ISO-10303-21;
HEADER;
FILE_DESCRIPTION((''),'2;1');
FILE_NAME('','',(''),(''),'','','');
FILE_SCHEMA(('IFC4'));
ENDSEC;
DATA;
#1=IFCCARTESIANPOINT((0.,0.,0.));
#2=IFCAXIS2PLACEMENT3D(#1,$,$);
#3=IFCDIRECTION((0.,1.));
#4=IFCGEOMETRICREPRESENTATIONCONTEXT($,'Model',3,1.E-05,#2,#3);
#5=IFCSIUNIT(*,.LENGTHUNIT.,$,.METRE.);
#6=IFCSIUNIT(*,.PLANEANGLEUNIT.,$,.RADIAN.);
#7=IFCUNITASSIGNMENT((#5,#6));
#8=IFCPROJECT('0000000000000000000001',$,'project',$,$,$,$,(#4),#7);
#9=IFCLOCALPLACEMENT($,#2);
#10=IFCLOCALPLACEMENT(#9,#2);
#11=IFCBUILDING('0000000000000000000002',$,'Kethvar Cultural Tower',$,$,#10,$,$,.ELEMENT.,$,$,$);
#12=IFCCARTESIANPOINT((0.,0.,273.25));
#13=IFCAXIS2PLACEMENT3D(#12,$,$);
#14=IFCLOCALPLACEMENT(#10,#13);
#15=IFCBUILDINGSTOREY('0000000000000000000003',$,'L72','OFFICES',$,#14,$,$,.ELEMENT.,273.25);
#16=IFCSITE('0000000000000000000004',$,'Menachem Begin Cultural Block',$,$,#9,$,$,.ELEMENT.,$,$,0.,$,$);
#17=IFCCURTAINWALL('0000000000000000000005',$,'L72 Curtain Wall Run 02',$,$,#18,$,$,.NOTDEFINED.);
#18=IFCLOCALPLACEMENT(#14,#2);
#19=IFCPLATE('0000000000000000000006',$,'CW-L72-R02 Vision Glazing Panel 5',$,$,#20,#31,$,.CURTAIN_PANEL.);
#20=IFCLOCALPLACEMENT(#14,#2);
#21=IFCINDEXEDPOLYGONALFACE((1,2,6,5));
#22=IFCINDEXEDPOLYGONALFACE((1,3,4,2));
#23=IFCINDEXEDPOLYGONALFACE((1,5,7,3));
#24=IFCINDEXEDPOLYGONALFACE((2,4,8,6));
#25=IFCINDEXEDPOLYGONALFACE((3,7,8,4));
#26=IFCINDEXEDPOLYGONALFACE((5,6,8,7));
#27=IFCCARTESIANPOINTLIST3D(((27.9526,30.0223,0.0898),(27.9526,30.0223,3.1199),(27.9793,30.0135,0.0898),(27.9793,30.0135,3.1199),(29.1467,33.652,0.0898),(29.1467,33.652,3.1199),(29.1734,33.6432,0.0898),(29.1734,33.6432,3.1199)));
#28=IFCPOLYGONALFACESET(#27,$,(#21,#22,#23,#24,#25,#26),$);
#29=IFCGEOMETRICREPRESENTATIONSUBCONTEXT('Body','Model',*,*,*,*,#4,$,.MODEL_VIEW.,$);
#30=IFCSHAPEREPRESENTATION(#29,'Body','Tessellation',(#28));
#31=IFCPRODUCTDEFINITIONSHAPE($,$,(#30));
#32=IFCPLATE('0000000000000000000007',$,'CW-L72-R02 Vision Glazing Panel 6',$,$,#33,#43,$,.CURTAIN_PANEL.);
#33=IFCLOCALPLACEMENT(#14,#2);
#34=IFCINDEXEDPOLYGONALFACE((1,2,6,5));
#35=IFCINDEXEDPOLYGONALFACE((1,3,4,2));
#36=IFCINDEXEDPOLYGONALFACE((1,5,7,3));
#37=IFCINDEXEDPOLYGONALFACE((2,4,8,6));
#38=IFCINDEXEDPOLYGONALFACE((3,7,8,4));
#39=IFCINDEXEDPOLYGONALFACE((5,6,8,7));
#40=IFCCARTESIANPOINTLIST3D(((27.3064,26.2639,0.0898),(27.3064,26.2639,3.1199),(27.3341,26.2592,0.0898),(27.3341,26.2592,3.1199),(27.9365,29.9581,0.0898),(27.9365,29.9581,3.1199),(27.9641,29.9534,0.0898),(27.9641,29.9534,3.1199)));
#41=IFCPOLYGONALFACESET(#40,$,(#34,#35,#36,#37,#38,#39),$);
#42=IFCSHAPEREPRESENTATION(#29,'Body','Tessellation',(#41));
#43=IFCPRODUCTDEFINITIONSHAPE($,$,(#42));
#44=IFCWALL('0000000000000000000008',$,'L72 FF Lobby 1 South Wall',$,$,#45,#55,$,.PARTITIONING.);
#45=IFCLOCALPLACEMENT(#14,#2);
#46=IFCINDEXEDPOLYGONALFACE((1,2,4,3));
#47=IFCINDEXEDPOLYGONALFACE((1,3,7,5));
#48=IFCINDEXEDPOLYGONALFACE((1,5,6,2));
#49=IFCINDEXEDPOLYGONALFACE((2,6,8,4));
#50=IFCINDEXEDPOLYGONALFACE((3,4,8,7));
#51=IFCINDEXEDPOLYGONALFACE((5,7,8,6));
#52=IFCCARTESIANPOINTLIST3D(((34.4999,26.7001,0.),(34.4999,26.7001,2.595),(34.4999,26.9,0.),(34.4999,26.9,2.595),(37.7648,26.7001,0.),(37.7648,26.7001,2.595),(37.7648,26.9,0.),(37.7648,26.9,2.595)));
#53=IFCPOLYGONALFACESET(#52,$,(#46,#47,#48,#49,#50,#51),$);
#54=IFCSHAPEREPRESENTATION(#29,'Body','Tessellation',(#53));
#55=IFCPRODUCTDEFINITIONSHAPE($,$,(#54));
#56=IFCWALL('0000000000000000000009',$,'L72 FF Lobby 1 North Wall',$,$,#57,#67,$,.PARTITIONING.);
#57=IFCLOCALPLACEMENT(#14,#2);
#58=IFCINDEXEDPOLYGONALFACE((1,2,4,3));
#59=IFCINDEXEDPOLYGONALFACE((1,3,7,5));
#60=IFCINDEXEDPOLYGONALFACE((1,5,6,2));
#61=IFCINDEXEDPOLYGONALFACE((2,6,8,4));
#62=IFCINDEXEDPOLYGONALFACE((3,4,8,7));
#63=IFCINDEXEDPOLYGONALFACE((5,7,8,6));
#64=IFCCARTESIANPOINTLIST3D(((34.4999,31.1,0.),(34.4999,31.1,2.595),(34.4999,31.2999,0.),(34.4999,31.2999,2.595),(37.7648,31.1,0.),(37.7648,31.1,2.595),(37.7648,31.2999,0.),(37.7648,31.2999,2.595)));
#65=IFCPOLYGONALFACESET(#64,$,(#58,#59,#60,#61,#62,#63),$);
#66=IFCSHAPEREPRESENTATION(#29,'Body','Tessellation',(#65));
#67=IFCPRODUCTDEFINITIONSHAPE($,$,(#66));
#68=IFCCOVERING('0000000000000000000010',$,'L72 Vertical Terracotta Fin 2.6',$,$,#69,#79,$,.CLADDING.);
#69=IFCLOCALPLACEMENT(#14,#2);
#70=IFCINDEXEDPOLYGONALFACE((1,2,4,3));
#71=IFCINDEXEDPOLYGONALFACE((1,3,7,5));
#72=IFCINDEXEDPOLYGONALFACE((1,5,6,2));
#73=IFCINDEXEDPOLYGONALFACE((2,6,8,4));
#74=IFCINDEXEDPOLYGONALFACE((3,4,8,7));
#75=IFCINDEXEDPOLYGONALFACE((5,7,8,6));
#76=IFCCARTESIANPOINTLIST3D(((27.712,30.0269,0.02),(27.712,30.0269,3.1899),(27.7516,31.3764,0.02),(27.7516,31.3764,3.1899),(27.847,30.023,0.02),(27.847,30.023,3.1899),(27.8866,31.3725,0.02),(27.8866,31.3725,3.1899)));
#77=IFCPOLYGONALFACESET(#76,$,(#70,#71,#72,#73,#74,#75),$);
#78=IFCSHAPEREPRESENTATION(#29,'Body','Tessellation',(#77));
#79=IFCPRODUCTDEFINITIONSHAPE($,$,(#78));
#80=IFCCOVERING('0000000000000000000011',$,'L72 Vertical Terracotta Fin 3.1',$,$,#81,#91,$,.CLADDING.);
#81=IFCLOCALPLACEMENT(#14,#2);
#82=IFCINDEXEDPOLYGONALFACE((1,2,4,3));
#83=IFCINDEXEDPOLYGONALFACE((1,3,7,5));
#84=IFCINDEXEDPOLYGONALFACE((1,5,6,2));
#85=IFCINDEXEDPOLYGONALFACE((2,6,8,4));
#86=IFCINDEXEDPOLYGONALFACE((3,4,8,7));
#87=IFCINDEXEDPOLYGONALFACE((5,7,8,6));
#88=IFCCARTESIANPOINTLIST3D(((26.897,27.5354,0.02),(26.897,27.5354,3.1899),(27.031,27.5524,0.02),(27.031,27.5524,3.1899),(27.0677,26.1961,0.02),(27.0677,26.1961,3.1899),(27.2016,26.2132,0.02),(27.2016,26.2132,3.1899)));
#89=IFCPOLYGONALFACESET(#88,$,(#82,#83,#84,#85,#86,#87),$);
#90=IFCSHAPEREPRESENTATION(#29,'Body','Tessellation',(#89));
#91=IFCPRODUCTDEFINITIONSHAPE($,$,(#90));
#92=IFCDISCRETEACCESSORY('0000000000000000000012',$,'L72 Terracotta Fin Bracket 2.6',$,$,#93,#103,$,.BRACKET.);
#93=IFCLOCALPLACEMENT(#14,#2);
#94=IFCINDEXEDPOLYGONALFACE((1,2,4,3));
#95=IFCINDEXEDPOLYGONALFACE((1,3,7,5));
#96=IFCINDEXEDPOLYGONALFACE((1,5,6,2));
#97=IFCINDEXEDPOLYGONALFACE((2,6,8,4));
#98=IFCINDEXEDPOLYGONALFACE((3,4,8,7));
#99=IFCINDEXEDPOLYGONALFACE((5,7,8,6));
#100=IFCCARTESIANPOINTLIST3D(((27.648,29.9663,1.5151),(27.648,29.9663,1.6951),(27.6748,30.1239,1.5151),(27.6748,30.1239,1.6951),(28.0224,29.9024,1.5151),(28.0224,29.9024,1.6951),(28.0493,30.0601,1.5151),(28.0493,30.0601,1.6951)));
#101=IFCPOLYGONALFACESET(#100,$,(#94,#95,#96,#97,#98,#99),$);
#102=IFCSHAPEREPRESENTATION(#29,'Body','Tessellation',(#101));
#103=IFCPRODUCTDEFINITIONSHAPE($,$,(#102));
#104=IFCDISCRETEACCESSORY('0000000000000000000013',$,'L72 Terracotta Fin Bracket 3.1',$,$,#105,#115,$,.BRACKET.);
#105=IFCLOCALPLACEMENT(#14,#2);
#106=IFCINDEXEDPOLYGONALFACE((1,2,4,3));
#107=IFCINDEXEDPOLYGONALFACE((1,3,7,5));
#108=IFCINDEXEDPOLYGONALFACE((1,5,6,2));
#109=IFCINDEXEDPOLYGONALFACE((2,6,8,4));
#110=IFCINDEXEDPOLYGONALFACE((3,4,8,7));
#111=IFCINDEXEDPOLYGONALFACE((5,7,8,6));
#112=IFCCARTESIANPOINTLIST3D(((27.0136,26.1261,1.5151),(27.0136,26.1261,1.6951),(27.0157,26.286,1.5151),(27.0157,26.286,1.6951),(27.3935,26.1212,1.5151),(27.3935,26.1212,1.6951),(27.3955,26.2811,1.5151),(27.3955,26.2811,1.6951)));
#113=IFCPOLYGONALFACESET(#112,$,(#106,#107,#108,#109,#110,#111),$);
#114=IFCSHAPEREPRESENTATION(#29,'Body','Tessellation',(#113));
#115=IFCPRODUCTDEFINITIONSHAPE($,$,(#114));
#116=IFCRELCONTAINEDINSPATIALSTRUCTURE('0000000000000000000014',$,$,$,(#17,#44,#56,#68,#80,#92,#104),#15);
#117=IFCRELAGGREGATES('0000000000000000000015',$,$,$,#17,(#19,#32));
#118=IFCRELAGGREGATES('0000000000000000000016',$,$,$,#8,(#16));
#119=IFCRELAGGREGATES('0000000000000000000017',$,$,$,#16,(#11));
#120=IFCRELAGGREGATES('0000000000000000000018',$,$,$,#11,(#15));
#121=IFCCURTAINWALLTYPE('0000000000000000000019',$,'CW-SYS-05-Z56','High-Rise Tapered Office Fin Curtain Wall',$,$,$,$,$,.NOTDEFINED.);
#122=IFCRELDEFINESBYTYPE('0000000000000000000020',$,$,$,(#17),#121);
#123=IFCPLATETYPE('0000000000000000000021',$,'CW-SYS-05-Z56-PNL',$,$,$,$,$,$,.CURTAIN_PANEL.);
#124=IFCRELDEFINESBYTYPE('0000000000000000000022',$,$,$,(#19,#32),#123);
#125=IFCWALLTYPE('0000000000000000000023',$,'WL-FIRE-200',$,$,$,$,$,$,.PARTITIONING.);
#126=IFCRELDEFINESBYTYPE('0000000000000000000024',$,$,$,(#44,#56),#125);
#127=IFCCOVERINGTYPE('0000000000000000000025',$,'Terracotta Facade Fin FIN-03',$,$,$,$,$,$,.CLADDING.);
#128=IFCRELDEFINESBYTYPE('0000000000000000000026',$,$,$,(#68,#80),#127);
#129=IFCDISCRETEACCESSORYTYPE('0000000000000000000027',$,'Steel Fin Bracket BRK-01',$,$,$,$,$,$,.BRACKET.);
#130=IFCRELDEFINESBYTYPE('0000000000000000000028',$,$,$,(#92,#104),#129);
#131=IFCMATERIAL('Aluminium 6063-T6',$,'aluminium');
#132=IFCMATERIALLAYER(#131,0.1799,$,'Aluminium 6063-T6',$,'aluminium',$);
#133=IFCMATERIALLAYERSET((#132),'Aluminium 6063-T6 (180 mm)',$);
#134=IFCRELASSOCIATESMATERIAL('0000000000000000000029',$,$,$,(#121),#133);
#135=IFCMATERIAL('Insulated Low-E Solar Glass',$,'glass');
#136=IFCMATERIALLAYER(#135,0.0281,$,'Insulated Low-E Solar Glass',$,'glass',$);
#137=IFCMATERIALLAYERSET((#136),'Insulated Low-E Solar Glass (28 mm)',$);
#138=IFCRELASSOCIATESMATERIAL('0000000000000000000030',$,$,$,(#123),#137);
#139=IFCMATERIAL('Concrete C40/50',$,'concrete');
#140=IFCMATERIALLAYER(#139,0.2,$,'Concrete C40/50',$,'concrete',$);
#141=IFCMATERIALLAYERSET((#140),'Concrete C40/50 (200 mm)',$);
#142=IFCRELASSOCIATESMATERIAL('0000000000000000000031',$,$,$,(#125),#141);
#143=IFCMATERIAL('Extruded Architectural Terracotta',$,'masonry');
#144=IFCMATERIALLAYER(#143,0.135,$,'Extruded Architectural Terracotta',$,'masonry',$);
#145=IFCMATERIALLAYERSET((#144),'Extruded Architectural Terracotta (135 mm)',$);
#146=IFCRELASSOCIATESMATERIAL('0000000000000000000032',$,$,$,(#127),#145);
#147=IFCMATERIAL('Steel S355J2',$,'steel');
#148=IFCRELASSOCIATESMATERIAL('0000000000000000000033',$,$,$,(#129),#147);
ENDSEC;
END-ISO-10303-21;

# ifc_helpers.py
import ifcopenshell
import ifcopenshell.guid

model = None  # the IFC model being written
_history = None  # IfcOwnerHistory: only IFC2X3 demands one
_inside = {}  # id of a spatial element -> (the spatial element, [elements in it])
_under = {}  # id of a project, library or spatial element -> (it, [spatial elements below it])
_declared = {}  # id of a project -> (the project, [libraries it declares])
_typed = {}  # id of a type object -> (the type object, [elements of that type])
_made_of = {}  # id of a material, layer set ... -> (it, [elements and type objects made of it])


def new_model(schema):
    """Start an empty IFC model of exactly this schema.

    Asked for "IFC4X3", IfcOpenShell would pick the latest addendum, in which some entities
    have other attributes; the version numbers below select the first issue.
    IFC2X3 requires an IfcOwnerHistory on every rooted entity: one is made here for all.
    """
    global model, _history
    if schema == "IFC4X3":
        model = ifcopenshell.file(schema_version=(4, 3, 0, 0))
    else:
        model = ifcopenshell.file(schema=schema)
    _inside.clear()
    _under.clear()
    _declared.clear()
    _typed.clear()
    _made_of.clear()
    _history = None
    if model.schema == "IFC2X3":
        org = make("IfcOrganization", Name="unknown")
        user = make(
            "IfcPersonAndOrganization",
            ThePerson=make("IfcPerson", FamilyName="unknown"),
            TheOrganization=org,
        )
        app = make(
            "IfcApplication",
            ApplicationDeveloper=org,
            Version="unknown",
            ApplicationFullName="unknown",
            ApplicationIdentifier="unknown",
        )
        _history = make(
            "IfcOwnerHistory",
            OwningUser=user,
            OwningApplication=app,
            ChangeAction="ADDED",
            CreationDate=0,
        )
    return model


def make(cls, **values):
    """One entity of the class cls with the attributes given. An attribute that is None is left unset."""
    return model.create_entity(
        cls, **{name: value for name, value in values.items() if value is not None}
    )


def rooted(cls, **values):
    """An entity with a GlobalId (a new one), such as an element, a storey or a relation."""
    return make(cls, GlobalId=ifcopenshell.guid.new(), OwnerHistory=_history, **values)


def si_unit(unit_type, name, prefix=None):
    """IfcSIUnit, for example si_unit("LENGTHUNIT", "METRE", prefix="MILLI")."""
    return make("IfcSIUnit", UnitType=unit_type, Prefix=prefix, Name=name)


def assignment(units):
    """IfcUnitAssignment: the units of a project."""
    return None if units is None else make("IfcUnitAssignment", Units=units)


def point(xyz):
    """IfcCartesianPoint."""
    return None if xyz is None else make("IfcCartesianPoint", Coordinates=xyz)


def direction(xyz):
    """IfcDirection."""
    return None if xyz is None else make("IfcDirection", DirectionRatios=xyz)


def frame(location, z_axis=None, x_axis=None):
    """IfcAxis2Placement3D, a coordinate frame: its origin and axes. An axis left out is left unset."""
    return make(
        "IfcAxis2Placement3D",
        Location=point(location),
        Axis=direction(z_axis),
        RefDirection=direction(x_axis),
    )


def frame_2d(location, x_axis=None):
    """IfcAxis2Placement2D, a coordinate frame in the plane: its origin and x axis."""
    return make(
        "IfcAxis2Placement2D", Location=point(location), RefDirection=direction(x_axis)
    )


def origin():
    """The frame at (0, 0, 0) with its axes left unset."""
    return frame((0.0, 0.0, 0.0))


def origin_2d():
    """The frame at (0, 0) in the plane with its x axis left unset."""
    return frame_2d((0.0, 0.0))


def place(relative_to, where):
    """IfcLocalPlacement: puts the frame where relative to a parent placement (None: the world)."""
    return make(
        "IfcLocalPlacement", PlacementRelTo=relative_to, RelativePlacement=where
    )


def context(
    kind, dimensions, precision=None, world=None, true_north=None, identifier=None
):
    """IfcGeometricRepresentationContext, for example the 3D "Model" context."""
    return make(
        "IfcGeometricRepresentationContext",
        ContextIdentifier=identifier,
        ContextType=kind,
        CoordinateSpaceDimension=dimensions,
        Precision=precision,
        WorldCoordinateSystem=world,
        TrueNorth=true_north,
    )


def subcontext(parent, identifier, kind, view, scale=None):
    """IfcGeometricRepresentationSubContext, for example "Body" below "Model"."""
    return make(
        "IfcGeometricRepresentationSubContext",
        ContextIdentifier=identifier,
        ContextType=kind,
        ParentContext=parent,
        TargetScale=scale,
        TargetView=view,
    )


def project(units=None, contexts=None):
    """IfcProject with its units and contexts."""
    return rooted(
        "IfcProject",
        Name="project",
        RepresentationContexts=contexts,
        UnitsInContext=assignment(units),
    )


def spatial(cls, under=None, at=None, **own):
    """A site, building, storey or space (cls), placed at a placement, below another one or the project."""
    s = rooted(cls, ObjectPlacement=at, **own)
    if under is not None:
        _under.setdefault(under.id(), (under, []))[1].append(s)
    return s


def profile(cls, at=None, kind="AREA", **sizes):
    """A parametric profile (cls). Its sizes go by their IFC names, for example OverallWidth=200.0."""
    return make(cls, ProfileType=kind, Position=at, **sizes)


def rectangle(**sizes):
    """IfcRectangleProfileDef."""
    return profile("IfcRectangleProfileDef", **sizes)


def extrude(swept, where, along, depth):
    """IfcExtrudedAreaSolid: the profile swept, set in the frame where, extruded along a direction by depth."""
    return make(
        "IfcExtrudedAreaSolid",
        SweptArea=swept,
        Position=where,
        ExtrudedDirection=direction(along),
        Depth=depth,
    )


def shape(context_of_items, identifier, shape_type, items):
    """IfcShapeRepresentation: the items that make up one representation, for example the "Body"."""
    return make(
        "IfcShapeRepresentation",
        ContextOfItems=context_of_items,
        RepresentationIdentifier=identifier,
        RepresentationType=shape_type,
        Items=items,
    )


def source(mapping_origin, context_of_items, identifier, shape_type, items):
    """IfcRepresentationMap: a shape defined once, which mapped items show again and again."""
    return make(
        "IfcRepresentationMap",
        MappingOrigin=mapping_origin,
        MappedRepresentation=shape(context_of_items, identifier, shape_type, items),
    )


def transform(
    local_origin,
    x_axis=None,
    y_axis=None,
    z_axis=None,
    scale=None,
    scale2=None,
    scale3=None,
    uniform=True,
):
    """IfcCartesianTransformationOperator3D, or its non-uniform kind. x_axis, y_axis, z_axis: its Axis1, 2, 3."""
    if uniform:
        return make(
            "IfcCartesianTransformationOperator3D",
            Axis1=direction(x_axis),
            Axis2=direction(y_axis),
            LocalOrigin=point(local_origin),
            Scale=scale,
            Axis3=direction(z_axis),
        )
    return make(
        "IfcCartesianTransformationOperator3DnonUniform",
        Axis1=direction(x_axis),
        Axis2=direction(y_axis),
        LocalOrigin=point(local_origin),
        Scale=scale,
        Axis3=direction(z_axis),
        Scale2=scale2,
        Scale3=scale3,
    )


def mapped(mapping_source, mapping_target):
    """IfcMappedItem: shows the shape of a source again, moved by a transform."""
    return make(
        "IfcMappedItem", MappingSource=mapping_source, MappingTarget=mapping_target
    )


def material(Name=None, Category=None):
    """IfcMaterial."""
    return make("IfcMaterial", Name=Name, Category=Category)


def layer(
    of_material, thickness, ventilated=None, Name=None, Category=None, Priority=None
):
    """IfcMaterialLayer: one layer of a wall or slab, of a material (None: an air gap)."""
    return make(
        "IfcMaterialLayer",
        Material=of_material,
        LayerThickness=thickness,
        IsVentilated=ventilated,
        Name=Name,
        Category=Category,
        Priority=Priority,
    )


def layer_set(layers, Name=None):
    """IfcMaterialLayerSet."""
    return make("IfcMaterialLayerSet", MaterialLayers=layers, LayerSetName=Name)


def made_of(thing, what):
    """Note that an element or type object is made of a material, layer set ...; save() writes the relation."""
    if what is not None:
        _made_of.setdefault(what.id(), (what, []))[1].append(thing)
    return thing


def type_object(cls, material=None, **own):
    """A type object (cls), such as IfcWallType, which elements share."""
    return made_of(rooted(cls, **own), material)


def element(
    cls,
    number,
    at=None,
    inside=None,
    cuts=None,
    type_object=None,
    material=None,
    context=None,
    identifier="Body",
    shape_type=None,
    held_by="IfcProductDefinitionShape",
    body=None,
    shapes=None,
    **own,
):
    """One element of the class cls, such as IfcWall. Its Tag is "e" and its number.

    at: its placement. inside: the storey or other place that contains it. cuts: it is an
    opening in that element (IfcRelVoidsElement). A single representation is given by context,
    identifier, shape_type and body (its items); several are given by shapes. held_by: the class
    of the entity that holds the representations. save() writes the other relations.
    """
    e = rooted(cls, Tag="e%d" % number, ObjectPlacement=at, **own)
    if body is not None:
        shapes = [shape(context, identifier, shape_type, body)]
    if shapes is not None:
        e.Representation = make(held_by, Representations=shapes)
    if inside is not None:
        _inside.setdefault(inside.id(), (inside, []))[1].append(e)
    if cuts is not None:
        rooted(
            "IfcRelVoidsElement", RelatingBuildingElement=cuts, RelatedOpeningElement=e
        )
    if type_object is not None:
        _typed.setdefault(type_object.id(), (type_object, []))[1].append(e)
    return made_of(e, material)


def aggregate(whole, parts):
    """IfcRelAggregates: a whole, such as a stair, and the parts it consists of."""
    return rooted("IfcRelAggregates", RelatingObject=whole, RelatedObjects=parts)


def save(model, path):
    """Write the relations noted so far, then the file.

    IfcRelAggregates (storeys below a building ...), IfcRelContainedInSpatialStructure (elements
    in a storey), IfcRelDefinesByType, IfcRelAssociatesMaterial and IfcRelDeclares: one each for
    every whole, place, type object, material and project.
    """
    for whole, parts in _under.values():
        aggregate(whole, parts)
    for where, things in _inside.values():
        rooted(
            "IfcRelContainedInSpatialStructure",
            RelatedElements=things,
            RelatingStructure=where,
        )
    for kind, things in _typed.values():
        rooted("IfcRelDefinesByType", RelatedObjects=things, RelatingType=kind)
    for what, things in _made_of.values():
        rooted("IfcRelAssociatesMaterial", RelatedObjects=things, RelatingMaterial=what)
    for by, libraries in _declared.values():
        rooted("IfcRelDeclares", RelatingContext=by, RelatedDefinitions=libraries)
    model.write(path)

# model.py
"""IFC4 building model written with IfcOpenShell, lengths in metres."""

from ifc_helpers import new_model, si_unit, direction, frame, frame_2d, origin, origin_2d, place, context, subcontext, project, spatial, rectangle, extrude, source, transform, mapped, material, layer, layer_set, type_object, element, aggregate, save


model = new_model("IFC4")

# Units and contexts
model_context = context("Model", 3, precision=1e-05, world=origin(), true_north=direction((0.0, 1.0)))
body_context = subcontext(model_context, "Body", "Model", "MODEL_VIEW")
ifc_project = project(units=[si_unit("LENGTHUNIT", "METRE"), si_unit("PLANEANGLEUNIT", "RADIAN")], contexts=[model_context])

# Site, building, storey
site_placement = place(None, origin())
site = spatial("IfcSite", under=ifc_project, at=site_placement, Name="Menachem Begin Cultural Block", CompositionType="ELEMENT", RefElevation=0.0)
building_placement = place(site_placement, origin())
building = spatial("IfcBuilding", under=site, at=building_placement, Name="Kethvar Cultural Tower", CompositionType="ELEMENT")
storey_placement = place(building_placement, frame((0.0, 0.0, 273.25)))
storey = spatial("IfcBuildingStorey", under=building, at=storey_placement, Name="L72", Description="OFFICES", CompositionType="ELEMENT", Elevation=273.25)

# Shared definitions
ifc_material_1 = material(Name="Steel S355J2", Category="steel")

# Curtain wall
ifc_material_2 = material(Name="Aluminium 6063-T6", Category="aluminium")
ifc_layer_1 = layer(ifc_material_2, 0.1799, Name="Aluminium 6063-T6", Category="aluminium")
ifc_layer_set_1 = layer_set([ifc_layer_1], Name="Aluminium 6063-T6 (180 mm)")
curtain_wall_type = type_object("IfcCurtainWallType", Name="CW-SYS-05-Z56", Description="High-Rise Tapered Office Fin Curtain Wall", PredefinedType="NOTDEFINED", material=ifc_layer_set_1)
curtain_wall_1_placement = place(storey_placement, origin())
curtain_wall_1 = element("IfcCurtainWall", 1, at=curtain_wall_1_placement, inside=storey, type_object=curtain_wall_type, Name="L72 Curtain Wall Run 02", PredefinedType="NOTDEFINED")

# Plates
ifc_material_3 = material(Name="Insulated Low-E Solar Glass", Category="glass")
ifc_layer_2 = layer(ifc_material_3, 0.0281, Name="Insulated Low-E Solar Glass", Category="glass")
ifc_layer_set_2 = layer_set([ifc_layer_2], Name="Insulated Low-E Solar Glass (28 mm)")
plate_type = type_object("IfcPlateType", Name="CW-SYS-05-Z56-PNL", PredefinedType="CURTAIN_PANEL", material=ifc_layer_set_2)
shared_shape_1 = source(origin(), body_context, "Body", "SweptSolid", [
    extrude(rectangle(XDim=3.821, YDim=0.0281, at=origin_2d()), origin(), (0.0, 0.0, 1.0), 3.03),
])
plate_1_placement = place(storey_placement, frame((28.563, 31.8328, 0.0898), z_axis=(0.0, 0.0, 1.0), x_axis=(-0.312517, -0.949912, 0.0)))
plate_1 = element("IfcPlate", 2, at=plate_1_placement, type_object=plate_type, Name="CW-L72-R02 Vision Glazing Panel 5", PredefinedType="CURTAIN_PANEL", context=body_context, shape_type="MappedRepresentation", body=[
    mapped(shared_shape_1, transform((0.0, 0.0, 0.0), scale=1.0)),
])
shared_shape_2 = source(origin(), body_context, "Body", "SweptSolid", [
    extrude(rectangle(XDim=3.7476, YDim=0.0281, at=origin_2d()), origin(), (0.0, 0.0, 1.0), 3.03),
])
plate_2_placement = place(storey_placement, frame((27.6353, 28.1086, 0.0898), z_axis=(0.0, 0.0, 1.0), x_axis=(-0.168128, -0.985765, 0.0)))
plate_2 = element("IfcPlate", 3, at=plate_2_placement, type_object=plate_type, Name="CW-L72-R02 Vision Glazing Panel 6", PredefinedType="CURTAIN_PANEL", context=body_context, shape_type="MappedRepresentation", body=[
    mapped(shared_shape_2, transform((0.0, 0.0, 0.0), scale=1.0)),
])
aggregate(curtain_wall_1, [plate_1, plate_2])

# Shared definitions
ifc_material_4 = material(Name="Concrete C40/50", Category="concrete")
ifc_layer_3 = layer(ifc_material_4, 0.2, Name="Concrete C40/50", Category="concrete")
ifc_layer_set_3 = layer_set([ifc_layer_3], Name="Concrete C40/50 (200 mm)")
wall_type = type_object("IfcWallType", Name="WL-FIRE-200", PredefinedType="PARTITIONING", material=ifc_layer_set_3)

# Walls
for number, where, z_axis, x_axis, name in (
    (4, (34.5, 26.8, 0.0), (0.0, 0.0, 1.0), (1.0, 0.0, 0.0), "L72 FF Lobby 1 South Wall"),
    (5, (34.5, 31.2, 0.0), (0.0, 0.0, 1.0), (1.0, 0.0, 0.0), "L72 FF Lobby 1 North Wall"),
):
    element("IfcWall", number, at=place(storey_placement, frame(where, z_axis=z_axis, x_axis=x_axis)), inside=storey, type_object=wall_type, Name=name, PredefinedType="PARTITIONING", context=body_context, shape_type="SweptSolid", body=[
        extrude(rectangle(XDim=3.2649, YDim=0.2, at=frame_2d((1.6323, 0.0))), origin(), (0.0, 0.0, 1.0), 2.595),
    ])

# Coverings
ifc_material_5 = material(Name="Extruded Architectural Terracotta", Category="masonry")
ifc_layer_4 = layer(ifc_material_5, 0.135, Name="Extruded Architectural Terracotta", Category="masonry")
ifc_layer_set_4 = layer_set([ifc_layer_4], Name="Extruded Architectural Terracotta (135 mm)")
covering_type = type_object("IfcCoveringType", Name="Terracotta Facade Fin FIN-03", PredefinedType="CLADDING", material=ifc_layer_set_4)
shared_shape_3 = source(origin(), body_context, "Body", "SweptSolid", [
    extrude(rectangle(XDim=1.3501, YDim=0.135, at=origin_2d()), origin(), (0.0, 0.0, 1.0), 3.1699),
])
for number, where, z_axis, x_axis, name in (
    (6, (27.7993, 30.6997, 0.02), (0.0, 0.0, 1.0), (0.029317, 0.99957, 0.0), "L72 Vertical Terracotta Fin 2.6"),
    (7, (27.0493, 26.8743, 0.02), (0.0, 0.0, 1.0), (-0.126372, 0.991983, 0.0), "L72 Vertical Terracotta Fin 3.1"),
):
    element("IfcCovering", number, at=place(storey_placement, frame(where, z_axis=z_axis, x_axis=x_axis)), inside=storey, type_object=covering_type, Name=name, PredefinedType="CLADDING", context=body_context, shape_type="MappedRepresentation", body=[
        mapped(shared_shape_3, transform((0.0, 0.0, 0.0), scale=1.0)),
    ])

# Discrete accessories
discrete_accessory_type = type_object("IfcDiscreteAccessoryType", Name="Steel Fin Bracket BRK-01", PredefinedType="BRACKET", material=ifc_material_1)
shared_shape_4 = source(origin(), body_context, "Body", "SweptSolid", [
    extrude(rectangle(XDim=0.3799, YDim=0.1599, at=origin_2d()), origin(), (0.0, 0.0, 1.0), 0.1799),
])
for number, where, z_axis, x_axis, name in (
    (8, (27.8486, 30.0132, 1.5151), (0.0, 0.0, 1.0), (-0.985762, 0.168145, 0.0), "L72 Terracotta Fin Bracket 2.6"),
    (9, (27.2046, 26.2036, 1.5151), (0.0, 0.0, 1.0), (-0.999917, 0.012915, 0.0), "L72 Terracotta Fin Bracket 3.1"),
):
    element("IfcDiscreteAccessory", number, at=place(storey_placement, frame(where, z_axis=z_axis, x_axis=x_axis)), inside=storey, type_object=discrete_accessory_type, Name=name, PredefinedType="BRACKET", context=body_context, shape_type="MappedRepresentation", body=[
        mapped(shared_shape_4, transform((0.0, 0.0, 0.0), scale=1.0)),
    ])

save(model, "model.ifc")
